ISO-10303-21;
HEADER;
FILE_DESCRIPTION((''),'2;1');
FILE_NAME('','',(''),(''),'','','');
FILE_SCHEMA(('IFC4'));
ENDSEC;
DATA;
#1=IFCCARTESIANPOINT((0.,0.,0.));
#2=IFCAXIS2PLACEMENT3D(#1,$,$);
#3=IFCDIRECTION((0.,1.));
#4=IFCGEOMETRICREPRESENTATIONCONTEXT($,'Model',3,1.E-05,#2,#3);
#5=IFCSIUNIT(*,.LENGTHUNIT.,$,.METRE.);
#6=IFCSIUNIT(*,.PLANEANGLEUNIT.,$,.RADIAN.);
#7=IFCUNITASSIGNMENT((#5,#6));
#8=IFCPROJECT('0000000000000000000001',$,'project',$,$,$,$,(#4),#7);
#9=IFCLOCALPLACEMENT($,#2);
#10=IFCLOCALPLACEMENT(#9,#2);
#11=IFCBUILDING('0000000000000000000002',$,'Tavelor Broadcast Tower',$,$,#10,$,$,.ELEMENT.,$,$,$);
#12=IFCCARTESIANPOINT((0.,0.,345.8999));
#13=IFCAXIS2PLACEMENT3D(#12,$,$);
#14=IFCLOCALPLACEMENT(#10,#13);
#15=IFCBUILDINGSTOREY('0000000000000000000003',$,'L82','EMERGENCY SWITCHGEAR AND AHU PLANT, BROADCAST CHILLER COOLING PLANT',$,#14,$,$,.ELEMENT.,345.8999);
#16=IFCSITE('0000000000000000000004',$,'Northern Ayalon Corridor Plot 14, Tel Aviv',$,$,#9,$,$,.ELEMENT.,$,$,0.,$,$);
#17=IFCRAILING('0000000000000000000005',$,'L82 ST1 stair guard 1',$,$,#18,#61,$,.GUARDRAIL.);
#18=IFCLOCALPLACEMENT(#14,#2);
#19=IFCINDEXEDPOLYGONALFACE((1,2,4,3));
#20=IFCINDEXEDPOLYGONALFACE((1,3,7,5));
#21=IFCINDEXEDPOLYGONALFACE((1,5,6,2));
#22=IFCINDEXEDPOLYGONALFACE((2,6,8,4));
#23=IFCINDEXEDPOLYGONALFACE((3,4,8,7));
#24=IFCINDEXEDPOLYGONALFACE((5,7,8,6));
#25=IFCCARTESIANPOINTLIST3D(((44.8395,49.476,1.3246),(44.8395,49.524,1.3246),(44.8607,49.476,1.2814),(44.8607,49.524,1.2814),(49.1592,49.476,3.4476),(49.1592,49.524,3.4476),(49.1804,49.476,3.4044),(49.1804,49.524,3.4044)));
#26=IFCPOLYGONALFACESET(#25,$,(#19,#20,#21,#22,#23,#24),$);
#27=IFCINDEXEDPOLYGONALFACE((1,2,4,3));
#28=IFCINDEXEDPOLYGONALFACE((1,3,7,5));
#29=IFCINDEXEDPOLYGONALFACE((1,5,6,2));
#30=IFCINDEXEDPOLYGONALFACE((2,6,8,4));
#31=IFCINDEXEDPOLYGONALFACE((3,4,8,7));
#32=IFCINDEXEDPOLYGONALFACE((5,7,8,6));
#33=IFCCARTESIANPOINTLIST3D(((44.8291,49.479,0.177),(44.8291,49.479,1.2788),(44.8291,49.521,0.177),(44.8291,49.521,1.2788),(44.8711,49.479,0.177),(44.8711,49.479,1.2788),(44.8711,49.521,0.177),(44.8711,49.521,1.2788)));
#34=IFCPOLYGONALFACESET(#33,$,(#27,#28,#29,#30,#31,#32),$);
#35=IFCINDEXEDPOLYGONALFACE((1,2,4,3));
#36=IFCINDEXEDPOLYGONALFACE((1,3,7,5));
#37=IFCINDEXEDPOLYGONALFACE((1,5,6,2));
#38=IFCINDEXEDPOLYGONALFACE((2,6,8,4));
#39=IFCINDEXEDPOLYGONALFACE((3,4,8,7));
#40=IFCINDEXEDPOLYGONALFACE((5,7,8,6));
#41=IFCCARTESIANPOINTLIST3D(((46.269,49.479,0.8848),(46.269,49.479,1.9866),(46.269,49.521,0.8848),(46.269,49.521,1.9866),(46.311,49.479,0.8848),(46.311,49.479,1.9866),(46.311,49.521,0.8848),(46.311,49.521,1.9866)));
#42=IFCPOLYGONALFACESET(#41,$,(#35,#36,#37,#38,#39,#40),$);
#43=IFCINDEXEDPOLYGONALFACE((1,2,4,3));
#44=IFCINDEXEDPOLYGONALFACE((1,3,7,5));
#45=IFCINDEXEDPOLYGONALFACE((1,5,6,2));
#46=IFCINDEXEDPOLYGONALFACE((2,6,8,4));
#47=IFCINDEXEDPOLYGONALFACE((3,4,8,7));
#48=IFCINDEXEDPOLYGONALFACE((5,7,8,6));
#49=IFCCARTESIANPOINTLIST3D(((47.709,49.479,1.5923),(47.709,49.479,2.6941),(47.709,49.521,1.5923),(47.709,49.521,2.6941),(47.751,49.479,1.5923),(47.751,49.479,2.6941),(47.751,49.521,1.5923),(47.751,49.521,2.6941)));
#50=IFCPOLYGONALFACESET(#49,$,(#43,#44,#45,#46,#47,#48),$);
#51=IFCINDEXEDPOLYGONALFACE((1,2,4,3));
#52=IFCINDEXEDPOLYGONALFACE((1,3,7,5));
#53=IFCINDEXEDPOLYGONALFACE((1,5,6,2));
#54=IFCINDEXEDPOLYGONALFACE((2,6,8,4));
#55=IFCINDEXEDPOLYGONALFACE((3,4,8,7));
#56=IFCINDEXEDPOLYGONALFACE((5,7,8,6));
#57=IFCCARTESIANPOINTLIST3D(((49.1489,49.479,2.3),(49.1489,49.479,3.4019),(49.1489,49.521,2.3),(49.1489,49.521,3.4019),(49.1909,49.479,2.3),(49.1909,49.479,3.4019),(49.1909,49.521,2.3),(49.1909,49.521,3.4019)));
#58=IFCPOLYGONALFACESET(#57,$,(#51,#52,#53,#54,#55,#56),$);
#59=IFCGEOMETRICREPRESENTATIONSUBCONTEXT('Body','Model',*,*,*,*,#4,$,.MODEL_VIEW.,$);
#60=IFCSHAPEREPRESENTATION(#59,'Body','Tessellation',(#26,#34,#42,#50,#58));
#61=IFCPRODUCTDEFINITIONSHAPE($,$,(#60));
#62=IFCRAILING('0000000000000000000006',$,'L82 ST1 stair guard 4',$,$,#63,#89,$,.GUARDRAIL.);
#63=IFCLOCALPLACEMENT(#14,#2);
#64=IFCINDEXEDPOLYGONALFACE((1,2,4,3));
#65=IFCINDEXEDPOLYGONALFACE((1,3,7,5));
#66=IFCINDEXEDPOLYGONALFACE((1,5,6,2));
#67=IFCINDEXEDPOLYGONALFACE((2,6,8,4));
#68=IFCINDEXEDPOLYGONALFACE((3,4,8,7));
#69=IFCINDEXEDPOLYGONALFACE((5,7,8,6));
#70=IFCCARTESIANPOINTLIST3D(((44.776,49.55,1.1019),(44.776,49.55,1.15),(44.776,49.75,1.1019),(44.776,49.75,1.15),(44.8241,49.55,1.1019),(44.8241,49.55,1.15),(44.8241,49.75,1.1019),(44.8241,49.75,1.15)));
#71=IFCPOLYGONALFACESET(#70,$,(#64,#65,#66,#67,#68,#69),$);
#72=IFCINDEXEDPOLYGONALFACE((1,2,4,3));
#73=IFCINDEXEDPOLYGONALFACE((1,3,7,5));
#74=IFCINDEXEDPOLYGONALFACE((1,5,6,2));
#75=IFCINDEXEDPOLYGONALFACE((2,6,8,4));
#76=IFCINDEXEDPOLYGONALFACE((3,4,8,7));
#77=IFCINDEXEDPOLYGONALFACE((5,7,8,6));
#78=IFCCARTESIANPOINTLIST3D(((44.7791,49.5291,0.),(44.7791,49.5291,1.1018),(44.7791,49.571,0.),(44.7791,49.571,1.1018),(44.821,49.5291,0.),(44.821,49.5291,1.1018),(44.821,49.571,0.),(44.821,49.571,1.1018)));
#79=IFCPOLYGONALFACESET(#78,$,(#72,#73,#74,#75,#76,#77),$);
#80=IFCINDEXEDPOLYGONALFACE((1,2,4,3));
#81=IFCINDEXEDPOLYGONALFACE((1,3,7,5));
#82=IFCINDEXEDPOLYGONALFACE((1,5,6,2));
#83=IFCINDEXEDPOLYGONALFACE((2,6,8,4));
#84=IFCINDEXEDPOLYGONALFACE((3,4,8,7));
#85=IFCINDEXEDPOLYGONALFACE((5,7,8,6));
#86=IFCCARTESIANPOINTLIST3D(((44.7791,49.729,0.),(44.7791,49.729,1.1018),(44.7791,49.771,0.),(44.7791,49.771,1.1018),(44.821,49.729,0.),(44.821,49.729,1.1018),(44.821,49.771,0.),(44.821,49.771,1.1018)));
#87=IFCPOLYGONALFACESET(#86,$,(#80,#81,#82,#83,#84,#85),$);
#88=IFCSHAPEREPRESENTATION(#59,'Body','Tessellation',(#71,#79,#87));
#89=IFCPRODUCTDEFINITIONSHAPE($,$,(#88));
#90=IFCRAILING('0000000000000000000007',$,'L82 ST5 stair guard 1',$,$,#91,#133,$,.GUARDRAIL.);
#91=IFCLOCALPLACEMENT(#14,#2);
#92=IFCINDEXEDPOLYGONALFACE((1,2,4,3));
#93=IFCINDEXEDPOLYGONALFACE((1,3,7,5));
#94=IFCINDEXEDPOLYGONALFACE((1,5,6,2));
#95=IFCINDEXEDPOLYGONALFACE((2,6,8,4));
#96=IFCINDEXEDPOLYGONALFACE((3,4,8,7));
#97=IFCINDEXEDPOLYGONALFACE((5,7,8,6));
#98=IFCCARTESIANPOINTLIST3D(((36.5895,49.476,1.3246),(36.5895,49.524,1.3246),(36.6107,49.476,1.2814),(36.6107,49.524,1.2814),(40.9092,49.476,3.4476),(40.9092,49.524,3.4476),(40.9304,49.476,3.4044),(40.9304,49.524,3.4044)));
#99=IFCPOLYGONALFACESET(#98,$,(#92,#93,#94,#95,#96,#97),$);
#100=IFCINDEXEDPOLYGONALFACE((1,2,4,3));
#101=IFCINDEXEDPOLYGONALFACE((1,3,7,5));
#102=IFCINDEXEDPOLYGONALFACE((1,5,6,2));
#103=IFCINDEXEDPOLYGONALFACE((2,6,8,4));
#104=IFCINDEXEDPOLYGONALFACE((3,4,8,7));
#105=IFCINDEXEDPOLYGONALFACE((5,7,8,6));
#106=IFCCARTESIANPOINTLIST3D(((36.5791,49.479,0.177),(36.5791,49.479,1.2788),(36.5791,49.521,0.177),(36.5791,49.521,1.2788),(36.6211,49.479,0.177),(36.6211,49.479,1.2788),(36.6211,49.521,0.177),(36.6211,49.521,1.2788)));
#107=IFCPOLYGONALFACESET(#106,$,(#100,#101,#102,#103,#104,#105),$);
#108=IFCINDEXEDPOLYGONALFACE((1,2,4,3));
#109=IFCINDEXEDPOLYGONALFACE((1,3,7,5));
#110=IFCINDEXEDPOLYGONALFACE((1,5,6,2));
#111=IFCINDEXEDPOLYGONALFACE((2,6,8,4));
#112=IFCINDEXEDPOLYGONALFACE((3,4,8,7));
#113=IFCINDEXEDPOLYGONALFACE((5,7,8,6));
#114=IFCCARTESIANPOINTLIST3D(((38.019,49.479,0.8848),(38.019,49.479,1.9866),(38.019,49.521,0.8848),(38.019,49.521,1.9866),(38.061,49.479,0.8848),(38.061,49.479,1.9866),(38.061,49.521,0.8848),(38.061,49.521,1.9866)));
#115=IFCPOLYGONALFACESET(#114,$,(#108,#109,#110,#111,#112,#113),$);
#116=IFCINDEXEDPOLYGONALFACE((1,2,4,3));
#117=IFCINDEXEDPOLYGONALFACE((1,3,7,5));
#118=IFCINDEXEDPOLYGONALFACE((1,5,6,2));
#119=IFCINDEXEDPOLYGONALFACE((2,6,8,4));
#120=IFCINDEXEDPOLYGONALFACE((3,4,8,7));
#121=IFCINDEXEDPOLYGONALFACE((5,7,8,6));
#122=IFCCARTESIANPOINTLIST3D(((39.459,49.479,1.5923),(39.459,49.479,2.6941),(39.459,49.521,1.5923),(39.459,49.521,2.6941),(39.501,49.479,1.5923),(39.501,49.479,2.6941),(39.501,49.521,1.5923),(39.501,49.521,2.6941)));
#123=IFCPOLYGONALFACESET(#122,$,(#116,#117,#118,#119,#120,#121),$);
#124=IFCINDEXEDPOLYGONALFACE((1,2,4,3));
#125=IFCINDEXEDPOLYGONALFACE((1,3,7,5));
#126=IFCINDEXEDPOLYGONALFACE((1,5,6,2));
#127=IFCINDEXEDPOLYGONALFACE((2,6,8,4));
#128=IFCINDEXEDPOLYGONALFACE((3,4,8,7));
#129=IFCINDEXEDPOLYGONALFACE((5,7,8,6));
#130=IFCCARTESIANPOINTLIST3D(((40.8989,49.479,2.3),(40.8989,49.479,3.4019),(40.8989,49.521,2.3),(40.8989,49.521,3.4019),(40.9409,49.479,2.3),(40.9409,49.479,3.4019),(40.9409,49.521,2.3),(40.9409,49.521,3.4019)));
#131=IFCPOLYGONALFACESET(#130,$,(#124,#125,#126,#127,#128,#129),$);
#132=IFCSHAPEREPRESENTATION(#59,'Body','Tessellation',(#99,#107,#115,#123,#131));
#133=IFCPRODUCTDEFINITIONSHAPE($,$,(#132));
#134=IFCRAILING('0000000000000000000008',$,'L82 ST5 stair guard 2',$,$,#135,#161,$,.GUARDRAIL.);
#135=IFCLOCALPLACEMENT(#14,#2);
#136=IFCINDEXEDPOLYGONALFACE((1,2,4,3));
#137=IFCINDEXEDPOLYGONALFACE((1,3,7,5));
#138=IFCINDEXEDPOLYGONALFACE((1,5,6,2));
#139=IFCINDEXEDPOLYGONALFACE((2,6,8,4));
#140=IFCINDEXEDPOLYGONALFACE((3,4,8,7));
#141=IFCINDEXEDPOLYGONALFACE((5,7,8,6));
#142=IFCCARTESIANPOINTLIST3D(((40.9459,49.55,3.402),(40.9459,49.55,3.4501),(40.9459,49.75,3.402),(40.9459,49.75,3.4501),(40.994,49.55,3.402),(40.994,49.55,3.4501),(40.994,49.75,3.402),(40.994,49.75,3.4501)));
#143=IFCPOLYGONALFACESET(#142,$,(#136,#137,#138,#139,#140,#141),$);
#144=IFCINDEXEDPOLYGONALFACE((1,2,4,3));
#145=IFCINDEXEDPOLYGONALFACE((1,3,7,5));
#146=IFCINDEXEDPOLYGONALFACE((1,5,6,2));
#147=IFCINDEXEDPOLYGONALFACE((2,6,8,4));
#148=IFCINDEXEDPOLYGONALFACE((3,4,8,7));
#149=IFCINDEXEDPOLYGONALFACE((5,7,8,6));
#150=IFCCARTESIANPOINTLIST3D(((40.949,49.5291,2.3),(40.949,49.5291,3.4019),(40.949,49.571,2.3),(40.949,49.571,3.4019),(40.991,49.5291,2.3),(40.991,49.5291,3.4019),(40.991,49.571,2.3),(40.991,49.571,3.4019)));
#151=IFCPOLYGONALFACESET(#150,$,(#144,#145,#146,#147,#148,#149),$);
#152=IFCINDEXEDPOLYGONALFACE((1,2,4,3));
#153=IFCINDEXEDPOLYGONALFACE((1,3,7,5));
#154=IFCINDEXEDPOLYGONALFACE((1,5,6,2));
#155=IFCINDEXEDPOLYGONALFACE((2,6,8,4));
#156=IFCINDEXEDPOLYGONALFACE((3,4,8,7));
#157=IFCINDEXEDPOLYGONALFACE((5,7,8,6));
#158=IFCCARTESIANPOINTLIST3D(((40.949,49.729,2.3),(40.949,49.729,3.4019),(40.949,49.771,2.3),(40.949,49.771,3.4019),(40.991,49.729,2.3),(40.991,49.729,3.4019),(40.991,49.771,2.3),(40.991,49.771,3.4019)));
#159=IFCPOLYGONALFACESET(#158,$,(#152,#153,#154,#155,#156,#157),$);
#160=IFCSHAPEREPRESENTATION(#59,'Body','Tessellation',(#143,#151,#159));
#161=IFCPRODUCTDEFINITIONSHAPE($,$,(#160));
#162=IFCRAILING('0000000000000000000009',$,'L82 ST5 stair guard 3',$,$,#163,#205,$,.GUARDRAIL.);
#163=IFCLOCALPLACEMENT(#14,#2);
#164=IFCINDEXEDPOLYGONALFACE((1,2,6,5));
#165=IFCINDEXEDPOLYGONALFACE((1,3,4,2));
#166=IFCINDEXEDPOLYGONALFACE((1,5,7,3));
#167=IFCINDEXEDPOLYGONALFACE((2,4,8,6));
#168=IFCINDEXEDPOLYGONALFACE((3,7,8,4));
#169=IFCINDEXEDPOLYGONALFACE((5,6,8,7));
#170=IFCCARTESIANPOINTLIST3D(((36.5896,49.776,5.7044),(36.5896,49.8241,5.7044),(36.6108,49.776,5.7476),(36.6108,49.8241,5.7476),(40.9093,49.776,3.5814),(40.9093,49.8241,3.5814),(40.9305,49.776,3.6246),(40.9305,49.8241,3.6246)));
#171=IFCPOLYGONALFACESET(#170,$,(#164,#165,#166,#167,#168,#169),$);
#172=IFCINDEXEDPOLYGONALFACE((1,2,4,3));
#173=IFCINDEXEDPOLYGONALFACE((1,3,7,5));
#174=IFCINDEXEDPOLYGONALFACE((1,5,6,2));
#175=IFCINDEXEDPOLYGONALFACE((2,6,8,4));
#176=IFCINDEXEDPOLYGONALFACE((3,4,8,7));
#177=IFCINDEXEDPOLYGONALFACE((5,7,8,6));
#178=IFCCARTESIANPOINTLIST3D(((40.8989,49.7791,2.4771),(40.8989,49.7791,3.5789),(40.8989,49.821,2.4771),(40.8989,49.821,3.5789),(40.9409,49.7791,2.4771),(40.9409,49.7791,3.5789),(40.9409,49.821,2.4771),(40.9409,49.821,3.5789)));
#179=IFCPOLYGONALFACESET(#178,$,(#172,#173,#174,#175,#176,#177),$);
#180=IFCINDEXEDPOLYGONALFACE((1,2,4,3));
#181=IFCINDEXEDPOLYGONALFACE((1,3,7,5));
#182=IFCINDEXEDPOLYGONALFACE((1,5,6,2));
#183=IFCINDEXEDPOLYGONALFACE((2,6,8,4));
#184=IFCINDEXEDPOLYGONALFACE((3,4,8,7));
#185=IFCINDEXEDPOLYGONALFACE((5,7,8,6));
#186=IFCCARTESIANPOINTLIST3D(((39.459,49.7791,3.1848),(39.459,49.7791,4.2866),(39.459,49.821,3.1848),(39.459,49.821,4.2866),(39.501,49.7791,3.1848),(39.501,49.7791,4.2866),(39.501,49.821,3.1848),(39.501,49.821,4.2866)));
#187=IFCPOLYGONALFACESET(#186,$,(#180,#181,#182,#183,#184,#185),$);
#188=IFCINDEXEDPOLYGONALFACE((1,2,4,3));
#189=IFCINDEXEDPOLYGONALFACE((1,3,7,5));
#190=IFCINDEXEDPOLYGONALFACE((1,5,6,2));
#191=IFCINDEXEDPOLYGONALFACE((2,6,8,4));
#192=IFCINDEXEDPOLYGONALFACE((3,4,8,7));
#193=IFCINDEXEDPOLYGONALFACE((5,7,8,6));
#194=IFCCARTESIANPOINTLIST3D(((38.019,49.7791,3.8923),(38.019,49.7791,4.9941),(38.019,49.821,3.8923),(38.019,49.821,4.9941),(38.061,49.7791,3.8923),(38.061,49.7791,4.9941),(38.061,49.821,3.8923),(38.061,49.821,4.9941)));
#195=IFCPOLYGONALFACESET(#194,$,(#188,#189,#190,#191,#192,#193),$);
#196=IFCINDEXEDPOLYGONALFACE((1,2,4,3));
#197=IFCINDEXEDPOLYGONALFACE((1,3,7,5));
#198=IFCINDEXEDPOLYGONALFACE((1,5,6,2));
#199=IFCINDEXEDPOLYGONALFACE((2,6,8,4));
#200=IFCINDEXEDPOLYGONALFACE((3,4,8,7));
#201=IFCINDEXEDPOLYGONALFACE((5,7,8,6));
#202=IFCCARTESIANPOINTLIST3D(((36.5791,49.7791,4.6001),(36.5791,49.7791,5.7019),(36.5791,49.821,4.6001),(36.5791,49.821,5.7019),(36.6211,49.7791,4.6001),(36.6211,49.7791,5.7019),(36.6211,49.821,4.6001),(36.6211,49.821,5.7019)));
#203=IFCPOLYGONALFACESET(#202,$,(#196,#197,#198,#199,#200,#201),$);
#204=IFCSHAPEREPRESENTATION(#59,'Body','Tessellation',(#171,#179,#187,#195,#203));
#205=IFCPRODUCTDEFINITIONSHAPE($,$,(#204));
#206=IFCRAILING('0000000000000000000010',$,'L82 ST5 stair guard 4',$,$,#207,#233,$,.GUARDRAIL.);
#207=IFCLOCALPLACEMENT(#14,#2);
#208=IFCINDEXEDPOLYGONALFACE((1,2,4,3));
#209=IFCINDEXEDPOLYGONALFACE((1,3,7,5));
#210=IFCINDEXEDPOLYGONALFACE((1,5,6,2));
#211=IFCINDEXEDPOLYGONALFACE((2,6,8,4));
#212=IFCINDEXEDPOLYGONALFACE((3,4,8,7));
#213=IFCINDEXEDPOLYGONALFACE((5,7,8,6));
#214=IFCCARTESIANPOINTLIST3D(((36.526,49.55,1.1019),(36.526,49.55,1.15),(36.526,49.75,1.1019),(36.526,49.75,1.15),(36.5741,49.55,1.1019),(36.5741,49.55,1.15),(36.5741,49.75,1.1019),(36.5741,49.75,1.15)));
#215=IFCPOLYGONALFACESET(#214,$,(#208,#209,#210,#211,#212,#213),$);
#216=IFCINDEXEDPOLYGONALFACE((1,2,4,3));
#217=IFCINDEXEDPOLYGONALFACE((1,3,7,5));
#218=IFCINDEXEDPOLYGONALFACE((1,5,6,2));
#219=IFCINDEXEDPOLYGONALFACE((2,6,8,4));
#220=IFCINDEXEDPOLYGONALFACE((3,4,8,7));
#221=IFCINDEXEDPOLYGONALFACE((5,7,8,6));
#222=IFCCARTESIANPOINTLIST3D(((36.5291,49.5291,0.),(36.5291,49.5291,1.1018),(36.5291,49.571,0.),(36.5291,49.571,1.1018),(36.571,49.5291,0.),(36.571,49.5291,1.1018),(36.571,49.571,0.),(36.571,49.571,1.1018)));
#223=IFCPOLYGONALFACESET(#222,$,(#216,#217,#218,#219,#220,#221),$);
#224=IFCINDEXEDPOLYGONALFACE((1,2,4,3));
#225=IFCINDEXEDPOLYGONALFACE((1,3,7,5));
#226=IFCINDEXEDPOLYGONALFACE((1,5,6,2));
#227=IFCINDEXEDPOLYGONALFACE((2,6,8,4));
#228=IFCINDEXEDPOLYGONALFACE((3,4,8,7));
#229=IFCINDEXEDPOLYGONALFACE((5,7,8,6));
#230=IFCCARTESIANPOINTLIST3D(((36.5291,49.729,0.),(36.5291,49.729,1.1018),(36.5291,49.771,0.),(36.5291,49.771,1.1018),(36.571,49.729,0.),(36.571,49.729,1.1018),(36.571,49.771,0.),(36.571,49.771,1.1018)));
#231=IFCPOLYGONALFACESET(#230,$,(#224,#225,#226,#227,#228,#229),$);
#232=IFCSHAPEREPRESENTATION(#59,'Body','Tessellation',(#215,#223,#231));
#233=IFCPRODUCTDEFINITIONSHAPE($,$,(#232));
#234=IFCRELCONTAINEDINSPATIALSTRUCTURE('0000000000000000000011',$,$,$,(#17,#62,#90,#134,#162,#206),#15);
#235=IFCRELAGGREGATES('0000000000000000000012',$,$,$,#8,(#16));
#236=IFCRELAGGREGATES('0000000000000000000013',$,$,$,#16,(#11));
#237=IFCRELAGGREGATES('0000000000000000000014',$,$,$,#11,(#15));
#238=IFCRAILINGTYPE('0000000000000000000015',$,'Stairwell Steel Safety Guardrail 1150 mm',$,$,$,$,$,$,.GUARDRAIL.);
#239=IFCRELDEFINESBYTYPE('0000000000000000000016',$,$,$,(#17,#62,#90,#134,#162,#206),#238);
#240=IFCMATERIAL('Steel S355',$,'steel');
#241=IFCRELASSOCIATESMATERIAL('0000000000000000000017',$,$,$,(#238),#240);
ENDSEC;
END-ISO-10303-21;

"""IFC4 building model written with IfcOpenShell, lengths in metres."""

from ifc_helpers import new_model, si_unit, direction, frame, origin, origin_2d, place, context, subcontext, project, spatial, rectangle, extrude, material, type_object, element, save


model = new_model("IFC4")

# Units and contexts
model_context = context("Model", 3, precision=1e-05, world=origin(), true_north=direction((0.0, 1.0)))
body_context = subcontext(model_context, "Body", "Model", "MODEL_VIEW")
ifc_project = project(units=[si_unit("LENGTHUNIT", "METRE"), si_unit("PLANEANGLEUNIT", "RADIAN")], contexts=[model_context])

# Site, building, storey
site_placement = place(None, origin())
site = spatial("IfcSite", under=ifc_project, at=site_placement, Name="Northern Ayalon Corridor Plot 14, Tel Aviv", CompositionType="ELEMENT", RefElevation=0.0)
building_placement = place(site_placement, origin())
building = spatial("IfcBuilding", under=site, at=building_placement, Name="Tavelor Broadcast Tower", CompositionType="ELEMENT")
storey_placement = place(building_placement, frame((0.0, 0.0, 345.8999)))
storey = spatial("IfcBuildingStorey", under=building, at=storey_placement, Name="L82", Description="EMERGENCY SWITCHGEAR AND AHU PLANT, BROADCAST CHILLER COOLING PLANT", CompositionType="ELEMENT", Elevation=345.8999)

# Shared definitions
ifc_material_1 = material(Name="Steel S355", Category="steel")

# Railings
railing_type_1 = type_object("IfcRailingType", Name="Stairwell Steel Safety Guardrail 1150 mm", PredefinedType="GUARDRAIL", material=ifc_material_1)
railing_1_placement = place(storey_placement, frame((44.8501, 49.5, 0.177)))
element("IfcRailing", 1, at=railing_1_placement, inside=storey, type_object=railing_type_1, Name="L82 ST1 stair guard 1", PredefinedType="GUARDRAIL", context=body_context, shape_type="SweptSolid", body=[
    extrude(rectangle(XDim=0.0481, YDim=0.0481, at=origin_2d()), frame((0.0, 0.0, 1.126), z_axis=(0.89747, 0.0, 0.441076), x_axis=(0.0, 1.0, 0.0)), (0.0, 0.0, 1.0), 4.8132),
    extrude(rectangle(XDim=0.042, YDim=0.042, at=origin_2d()), origin(), (0.0, 0.0, 1.0), 1.1018),
    extrude(rectangle(XDim=0.042, YDim=0.042, at=origin_2d()), frame((1.4399, 0.0, 0.7078)), (0.0, 0.0, 1.0), 1.1018),
    extrude(rectangle(XDim=0.042, YDim=0.042, at=origin_2d()), frame((2.8799, 0.0, 1.4153)), (0.0, 0.0, 1.0), 1.1018),
    extrude(rectangle(XDim=0.042, YDim=0.042, at=origin_2d()), frame((4.3198, 0.0, 2.123)), (0.0, 0.0, 1.0), 1.1018),
])
railing_2_placement = place(storey_placement, frame((44.8, 49.55, 0.0)))
element("IfcRailing", 2, at=railing_2_placement, inside=storey, type_object=railing_type_1, Name="L82 ST1 stair guard 4", PredefinedType="GUARDRAIL", context=body_context, shape_type="SweptSolid", body=[
    extrude(rectangle(XDim=0.0481, YDim=0.0481, at=origin_2d()), frame((0.0, 0.0, 1.126), z_axis=(0.0, 1.0, 0.0), x_axis=(-1.0, 0.0, 0.0)), (0.0, 0.0, 1.0), 0.2),
    extrude(rectangle(XDim=0.042, YDim=0.042, at=origin_2d()), origin(), (0.0, 0.0, 1.0), 1.1018),
    extrude(rectangle(XDim=0.042, YDim=0.042, at=origin_2d()), frame((0.0, 0.2, 0.0)), (0.0, 0.0, 1.0), 1.1018),
])
railing_3_placement = place(storey_placement, frame((36.6001, 49.5, 0.177)))
element("IfcRailing", 3, at=railing_3_placement, inside=storey, type_object=railing_type_1, Name="L82 ST5 stair guard 1", PredefinedType="GUARDRAIL", context=body_context, shape_type="SweptSolid", body=[
    extrude(rectangle(XDim=0.0481, YDim=0.0481, at=origin_2d()), frame((0.0, 0.0, 1.126), z_axis=(0.89747, 0.0, 0.441076), x_axis=(0.0, 1.0, 0.0)), (0.0, 0.0, 1.0), 4.8132),
    extrude(rectangle(XDim=0.042, YDim=0.042, at=origin_2d()), origin(), (0.0, 0.0, 1.0), 1.1018),
    extrude(rectangle(XDim=0.042, YDim=0.042, at=origin_2d()), frame((1.4399, 0.0, 0.7078)), (0.0, 0.0, 1.0), 1.1018),
    extrude(rectangle(XDim=0.042, YDim=0.042, at=origin_2d()), frame((2.8799, 0.0, 1.4153)), (0.0, 0.0, 1.0), 1.1018),
    extrude(rectangle(XDim=0.042, YDim=0.042, at=origin_2d()), frame((4.3198, 0.0, 2.123)), (0.0, 0.0, 1.0), 1.1018),
])
railing_4_placement = place(storey_placement, frame((40.97, 49.55, 2.3)))
element("IfcRailing", 4, at=railing_4_placement, inside=storey, type_object=railing_type_1, Name="L82 ST5 stair guard 2", PredefinedType="GUARDRAIL", context=body_context, shape_type="SweptSolid", body=[
    extrude(rectangle(XDim=0.0481, YDim=0.0481, at=origin_2d()), frame((0.0, 0.0, 1.126), z_axis=(0.0, 1.0, 0.0), x_axis=(-1.0, 0.0, 0.0)), (0.0, 0.0, 1.0), 0.2),
    extrude(rectangle(XDim=0.042, YDim=0.042, at=origin_2d()), origin(), (0.0, 0.0, 1.0), 1.1018),
    extrude(rectangle(XDim=0.042, YDim=0.042, at=origin_2d()), frame((0.0, 0.2, 0.0)), (0.0, 0.0, 1.0), 1.1018),
])
railing_5_placement = place(storey_placement, frame((40.9199, 49.8, 2.4771)))
element("IfcRailing", 5, at=railing_5_placement, inside=storey, type_object=railing_type_1, Name="L82 ST5 stair guard 3", PredefinedType="GUARDRAIL", context=body_context, shape_type="SweptSolid", body=[
    extrude(rectangle(XDim=0.0481, YDim=0.0481, at=origin_2d()), frame((0.0, 0.0, 1.126), z_axis=(-0.89747, 0.0, 0.441076), x_axis=(0.0, -1.0, 0.0)), (0.0, 0.0, 1.0), 4.8132),
    extrude(rectangle(XDim=0.042, YDim=0.042, at=origin_2d()), origin(), (0.0, 0.0, 1.0), 1.1018),
    extrude(rectangle(XDim=0.042, YDim=0.042, at=origin_2d()), frame((-1.4399, 0.0, 0.7078)), (0.0, 0.0, 1.0), 1.1018),
    extrude(rectangle(XDim=0.042, YDim=0.042, at=origin_2d()), frame((-2.8799, 0.0, 1.4153)), (0.0, 0.0, 1.0), 1.1018),
    extrude(rectangle(XDim=0.042, YDim=0.042, at=origin_2d()), frame((-4.3198, 0.0, 2.123)), (0.0, 0.0, 1.0), 1.1018),
])
railing_6_placement = place(storey_placement, frame((36.55, 49.55, 0.0)))
element("IfcRailing", 6, at=railing_6_placement, inside=storey, type_object=railing_type_1, Name="L82 ST5 stair guard 4", PredefinedType="GUARDRAIL", context=body_context, shape_type="SweptSolid", body=[
    extrude(rectangle(XDim=0.0481, YDim=0.0481, at=origin_2d()), frame((0.0, 0.0, 1.126), z_axis=(0.0, 1.0, 0.0), x_axis=(-1.0, 0.0, 0.0)), (0.0, 0.0, 1.0), 0.2),
    extrude(rectangle(XDim=0.042, YDim=0.042, at=origin_2d()), origin(), (0.0, 0.0, 1.0), 1.1018),
    extrude(rectangle(XDim=0.042, YDim=0.042, at=origin_2d()), frame((0.0, 0.2, 0.0)), (0.0, 0.0, 1.0), 1.1018),
])

save(model, "model.ifc")
